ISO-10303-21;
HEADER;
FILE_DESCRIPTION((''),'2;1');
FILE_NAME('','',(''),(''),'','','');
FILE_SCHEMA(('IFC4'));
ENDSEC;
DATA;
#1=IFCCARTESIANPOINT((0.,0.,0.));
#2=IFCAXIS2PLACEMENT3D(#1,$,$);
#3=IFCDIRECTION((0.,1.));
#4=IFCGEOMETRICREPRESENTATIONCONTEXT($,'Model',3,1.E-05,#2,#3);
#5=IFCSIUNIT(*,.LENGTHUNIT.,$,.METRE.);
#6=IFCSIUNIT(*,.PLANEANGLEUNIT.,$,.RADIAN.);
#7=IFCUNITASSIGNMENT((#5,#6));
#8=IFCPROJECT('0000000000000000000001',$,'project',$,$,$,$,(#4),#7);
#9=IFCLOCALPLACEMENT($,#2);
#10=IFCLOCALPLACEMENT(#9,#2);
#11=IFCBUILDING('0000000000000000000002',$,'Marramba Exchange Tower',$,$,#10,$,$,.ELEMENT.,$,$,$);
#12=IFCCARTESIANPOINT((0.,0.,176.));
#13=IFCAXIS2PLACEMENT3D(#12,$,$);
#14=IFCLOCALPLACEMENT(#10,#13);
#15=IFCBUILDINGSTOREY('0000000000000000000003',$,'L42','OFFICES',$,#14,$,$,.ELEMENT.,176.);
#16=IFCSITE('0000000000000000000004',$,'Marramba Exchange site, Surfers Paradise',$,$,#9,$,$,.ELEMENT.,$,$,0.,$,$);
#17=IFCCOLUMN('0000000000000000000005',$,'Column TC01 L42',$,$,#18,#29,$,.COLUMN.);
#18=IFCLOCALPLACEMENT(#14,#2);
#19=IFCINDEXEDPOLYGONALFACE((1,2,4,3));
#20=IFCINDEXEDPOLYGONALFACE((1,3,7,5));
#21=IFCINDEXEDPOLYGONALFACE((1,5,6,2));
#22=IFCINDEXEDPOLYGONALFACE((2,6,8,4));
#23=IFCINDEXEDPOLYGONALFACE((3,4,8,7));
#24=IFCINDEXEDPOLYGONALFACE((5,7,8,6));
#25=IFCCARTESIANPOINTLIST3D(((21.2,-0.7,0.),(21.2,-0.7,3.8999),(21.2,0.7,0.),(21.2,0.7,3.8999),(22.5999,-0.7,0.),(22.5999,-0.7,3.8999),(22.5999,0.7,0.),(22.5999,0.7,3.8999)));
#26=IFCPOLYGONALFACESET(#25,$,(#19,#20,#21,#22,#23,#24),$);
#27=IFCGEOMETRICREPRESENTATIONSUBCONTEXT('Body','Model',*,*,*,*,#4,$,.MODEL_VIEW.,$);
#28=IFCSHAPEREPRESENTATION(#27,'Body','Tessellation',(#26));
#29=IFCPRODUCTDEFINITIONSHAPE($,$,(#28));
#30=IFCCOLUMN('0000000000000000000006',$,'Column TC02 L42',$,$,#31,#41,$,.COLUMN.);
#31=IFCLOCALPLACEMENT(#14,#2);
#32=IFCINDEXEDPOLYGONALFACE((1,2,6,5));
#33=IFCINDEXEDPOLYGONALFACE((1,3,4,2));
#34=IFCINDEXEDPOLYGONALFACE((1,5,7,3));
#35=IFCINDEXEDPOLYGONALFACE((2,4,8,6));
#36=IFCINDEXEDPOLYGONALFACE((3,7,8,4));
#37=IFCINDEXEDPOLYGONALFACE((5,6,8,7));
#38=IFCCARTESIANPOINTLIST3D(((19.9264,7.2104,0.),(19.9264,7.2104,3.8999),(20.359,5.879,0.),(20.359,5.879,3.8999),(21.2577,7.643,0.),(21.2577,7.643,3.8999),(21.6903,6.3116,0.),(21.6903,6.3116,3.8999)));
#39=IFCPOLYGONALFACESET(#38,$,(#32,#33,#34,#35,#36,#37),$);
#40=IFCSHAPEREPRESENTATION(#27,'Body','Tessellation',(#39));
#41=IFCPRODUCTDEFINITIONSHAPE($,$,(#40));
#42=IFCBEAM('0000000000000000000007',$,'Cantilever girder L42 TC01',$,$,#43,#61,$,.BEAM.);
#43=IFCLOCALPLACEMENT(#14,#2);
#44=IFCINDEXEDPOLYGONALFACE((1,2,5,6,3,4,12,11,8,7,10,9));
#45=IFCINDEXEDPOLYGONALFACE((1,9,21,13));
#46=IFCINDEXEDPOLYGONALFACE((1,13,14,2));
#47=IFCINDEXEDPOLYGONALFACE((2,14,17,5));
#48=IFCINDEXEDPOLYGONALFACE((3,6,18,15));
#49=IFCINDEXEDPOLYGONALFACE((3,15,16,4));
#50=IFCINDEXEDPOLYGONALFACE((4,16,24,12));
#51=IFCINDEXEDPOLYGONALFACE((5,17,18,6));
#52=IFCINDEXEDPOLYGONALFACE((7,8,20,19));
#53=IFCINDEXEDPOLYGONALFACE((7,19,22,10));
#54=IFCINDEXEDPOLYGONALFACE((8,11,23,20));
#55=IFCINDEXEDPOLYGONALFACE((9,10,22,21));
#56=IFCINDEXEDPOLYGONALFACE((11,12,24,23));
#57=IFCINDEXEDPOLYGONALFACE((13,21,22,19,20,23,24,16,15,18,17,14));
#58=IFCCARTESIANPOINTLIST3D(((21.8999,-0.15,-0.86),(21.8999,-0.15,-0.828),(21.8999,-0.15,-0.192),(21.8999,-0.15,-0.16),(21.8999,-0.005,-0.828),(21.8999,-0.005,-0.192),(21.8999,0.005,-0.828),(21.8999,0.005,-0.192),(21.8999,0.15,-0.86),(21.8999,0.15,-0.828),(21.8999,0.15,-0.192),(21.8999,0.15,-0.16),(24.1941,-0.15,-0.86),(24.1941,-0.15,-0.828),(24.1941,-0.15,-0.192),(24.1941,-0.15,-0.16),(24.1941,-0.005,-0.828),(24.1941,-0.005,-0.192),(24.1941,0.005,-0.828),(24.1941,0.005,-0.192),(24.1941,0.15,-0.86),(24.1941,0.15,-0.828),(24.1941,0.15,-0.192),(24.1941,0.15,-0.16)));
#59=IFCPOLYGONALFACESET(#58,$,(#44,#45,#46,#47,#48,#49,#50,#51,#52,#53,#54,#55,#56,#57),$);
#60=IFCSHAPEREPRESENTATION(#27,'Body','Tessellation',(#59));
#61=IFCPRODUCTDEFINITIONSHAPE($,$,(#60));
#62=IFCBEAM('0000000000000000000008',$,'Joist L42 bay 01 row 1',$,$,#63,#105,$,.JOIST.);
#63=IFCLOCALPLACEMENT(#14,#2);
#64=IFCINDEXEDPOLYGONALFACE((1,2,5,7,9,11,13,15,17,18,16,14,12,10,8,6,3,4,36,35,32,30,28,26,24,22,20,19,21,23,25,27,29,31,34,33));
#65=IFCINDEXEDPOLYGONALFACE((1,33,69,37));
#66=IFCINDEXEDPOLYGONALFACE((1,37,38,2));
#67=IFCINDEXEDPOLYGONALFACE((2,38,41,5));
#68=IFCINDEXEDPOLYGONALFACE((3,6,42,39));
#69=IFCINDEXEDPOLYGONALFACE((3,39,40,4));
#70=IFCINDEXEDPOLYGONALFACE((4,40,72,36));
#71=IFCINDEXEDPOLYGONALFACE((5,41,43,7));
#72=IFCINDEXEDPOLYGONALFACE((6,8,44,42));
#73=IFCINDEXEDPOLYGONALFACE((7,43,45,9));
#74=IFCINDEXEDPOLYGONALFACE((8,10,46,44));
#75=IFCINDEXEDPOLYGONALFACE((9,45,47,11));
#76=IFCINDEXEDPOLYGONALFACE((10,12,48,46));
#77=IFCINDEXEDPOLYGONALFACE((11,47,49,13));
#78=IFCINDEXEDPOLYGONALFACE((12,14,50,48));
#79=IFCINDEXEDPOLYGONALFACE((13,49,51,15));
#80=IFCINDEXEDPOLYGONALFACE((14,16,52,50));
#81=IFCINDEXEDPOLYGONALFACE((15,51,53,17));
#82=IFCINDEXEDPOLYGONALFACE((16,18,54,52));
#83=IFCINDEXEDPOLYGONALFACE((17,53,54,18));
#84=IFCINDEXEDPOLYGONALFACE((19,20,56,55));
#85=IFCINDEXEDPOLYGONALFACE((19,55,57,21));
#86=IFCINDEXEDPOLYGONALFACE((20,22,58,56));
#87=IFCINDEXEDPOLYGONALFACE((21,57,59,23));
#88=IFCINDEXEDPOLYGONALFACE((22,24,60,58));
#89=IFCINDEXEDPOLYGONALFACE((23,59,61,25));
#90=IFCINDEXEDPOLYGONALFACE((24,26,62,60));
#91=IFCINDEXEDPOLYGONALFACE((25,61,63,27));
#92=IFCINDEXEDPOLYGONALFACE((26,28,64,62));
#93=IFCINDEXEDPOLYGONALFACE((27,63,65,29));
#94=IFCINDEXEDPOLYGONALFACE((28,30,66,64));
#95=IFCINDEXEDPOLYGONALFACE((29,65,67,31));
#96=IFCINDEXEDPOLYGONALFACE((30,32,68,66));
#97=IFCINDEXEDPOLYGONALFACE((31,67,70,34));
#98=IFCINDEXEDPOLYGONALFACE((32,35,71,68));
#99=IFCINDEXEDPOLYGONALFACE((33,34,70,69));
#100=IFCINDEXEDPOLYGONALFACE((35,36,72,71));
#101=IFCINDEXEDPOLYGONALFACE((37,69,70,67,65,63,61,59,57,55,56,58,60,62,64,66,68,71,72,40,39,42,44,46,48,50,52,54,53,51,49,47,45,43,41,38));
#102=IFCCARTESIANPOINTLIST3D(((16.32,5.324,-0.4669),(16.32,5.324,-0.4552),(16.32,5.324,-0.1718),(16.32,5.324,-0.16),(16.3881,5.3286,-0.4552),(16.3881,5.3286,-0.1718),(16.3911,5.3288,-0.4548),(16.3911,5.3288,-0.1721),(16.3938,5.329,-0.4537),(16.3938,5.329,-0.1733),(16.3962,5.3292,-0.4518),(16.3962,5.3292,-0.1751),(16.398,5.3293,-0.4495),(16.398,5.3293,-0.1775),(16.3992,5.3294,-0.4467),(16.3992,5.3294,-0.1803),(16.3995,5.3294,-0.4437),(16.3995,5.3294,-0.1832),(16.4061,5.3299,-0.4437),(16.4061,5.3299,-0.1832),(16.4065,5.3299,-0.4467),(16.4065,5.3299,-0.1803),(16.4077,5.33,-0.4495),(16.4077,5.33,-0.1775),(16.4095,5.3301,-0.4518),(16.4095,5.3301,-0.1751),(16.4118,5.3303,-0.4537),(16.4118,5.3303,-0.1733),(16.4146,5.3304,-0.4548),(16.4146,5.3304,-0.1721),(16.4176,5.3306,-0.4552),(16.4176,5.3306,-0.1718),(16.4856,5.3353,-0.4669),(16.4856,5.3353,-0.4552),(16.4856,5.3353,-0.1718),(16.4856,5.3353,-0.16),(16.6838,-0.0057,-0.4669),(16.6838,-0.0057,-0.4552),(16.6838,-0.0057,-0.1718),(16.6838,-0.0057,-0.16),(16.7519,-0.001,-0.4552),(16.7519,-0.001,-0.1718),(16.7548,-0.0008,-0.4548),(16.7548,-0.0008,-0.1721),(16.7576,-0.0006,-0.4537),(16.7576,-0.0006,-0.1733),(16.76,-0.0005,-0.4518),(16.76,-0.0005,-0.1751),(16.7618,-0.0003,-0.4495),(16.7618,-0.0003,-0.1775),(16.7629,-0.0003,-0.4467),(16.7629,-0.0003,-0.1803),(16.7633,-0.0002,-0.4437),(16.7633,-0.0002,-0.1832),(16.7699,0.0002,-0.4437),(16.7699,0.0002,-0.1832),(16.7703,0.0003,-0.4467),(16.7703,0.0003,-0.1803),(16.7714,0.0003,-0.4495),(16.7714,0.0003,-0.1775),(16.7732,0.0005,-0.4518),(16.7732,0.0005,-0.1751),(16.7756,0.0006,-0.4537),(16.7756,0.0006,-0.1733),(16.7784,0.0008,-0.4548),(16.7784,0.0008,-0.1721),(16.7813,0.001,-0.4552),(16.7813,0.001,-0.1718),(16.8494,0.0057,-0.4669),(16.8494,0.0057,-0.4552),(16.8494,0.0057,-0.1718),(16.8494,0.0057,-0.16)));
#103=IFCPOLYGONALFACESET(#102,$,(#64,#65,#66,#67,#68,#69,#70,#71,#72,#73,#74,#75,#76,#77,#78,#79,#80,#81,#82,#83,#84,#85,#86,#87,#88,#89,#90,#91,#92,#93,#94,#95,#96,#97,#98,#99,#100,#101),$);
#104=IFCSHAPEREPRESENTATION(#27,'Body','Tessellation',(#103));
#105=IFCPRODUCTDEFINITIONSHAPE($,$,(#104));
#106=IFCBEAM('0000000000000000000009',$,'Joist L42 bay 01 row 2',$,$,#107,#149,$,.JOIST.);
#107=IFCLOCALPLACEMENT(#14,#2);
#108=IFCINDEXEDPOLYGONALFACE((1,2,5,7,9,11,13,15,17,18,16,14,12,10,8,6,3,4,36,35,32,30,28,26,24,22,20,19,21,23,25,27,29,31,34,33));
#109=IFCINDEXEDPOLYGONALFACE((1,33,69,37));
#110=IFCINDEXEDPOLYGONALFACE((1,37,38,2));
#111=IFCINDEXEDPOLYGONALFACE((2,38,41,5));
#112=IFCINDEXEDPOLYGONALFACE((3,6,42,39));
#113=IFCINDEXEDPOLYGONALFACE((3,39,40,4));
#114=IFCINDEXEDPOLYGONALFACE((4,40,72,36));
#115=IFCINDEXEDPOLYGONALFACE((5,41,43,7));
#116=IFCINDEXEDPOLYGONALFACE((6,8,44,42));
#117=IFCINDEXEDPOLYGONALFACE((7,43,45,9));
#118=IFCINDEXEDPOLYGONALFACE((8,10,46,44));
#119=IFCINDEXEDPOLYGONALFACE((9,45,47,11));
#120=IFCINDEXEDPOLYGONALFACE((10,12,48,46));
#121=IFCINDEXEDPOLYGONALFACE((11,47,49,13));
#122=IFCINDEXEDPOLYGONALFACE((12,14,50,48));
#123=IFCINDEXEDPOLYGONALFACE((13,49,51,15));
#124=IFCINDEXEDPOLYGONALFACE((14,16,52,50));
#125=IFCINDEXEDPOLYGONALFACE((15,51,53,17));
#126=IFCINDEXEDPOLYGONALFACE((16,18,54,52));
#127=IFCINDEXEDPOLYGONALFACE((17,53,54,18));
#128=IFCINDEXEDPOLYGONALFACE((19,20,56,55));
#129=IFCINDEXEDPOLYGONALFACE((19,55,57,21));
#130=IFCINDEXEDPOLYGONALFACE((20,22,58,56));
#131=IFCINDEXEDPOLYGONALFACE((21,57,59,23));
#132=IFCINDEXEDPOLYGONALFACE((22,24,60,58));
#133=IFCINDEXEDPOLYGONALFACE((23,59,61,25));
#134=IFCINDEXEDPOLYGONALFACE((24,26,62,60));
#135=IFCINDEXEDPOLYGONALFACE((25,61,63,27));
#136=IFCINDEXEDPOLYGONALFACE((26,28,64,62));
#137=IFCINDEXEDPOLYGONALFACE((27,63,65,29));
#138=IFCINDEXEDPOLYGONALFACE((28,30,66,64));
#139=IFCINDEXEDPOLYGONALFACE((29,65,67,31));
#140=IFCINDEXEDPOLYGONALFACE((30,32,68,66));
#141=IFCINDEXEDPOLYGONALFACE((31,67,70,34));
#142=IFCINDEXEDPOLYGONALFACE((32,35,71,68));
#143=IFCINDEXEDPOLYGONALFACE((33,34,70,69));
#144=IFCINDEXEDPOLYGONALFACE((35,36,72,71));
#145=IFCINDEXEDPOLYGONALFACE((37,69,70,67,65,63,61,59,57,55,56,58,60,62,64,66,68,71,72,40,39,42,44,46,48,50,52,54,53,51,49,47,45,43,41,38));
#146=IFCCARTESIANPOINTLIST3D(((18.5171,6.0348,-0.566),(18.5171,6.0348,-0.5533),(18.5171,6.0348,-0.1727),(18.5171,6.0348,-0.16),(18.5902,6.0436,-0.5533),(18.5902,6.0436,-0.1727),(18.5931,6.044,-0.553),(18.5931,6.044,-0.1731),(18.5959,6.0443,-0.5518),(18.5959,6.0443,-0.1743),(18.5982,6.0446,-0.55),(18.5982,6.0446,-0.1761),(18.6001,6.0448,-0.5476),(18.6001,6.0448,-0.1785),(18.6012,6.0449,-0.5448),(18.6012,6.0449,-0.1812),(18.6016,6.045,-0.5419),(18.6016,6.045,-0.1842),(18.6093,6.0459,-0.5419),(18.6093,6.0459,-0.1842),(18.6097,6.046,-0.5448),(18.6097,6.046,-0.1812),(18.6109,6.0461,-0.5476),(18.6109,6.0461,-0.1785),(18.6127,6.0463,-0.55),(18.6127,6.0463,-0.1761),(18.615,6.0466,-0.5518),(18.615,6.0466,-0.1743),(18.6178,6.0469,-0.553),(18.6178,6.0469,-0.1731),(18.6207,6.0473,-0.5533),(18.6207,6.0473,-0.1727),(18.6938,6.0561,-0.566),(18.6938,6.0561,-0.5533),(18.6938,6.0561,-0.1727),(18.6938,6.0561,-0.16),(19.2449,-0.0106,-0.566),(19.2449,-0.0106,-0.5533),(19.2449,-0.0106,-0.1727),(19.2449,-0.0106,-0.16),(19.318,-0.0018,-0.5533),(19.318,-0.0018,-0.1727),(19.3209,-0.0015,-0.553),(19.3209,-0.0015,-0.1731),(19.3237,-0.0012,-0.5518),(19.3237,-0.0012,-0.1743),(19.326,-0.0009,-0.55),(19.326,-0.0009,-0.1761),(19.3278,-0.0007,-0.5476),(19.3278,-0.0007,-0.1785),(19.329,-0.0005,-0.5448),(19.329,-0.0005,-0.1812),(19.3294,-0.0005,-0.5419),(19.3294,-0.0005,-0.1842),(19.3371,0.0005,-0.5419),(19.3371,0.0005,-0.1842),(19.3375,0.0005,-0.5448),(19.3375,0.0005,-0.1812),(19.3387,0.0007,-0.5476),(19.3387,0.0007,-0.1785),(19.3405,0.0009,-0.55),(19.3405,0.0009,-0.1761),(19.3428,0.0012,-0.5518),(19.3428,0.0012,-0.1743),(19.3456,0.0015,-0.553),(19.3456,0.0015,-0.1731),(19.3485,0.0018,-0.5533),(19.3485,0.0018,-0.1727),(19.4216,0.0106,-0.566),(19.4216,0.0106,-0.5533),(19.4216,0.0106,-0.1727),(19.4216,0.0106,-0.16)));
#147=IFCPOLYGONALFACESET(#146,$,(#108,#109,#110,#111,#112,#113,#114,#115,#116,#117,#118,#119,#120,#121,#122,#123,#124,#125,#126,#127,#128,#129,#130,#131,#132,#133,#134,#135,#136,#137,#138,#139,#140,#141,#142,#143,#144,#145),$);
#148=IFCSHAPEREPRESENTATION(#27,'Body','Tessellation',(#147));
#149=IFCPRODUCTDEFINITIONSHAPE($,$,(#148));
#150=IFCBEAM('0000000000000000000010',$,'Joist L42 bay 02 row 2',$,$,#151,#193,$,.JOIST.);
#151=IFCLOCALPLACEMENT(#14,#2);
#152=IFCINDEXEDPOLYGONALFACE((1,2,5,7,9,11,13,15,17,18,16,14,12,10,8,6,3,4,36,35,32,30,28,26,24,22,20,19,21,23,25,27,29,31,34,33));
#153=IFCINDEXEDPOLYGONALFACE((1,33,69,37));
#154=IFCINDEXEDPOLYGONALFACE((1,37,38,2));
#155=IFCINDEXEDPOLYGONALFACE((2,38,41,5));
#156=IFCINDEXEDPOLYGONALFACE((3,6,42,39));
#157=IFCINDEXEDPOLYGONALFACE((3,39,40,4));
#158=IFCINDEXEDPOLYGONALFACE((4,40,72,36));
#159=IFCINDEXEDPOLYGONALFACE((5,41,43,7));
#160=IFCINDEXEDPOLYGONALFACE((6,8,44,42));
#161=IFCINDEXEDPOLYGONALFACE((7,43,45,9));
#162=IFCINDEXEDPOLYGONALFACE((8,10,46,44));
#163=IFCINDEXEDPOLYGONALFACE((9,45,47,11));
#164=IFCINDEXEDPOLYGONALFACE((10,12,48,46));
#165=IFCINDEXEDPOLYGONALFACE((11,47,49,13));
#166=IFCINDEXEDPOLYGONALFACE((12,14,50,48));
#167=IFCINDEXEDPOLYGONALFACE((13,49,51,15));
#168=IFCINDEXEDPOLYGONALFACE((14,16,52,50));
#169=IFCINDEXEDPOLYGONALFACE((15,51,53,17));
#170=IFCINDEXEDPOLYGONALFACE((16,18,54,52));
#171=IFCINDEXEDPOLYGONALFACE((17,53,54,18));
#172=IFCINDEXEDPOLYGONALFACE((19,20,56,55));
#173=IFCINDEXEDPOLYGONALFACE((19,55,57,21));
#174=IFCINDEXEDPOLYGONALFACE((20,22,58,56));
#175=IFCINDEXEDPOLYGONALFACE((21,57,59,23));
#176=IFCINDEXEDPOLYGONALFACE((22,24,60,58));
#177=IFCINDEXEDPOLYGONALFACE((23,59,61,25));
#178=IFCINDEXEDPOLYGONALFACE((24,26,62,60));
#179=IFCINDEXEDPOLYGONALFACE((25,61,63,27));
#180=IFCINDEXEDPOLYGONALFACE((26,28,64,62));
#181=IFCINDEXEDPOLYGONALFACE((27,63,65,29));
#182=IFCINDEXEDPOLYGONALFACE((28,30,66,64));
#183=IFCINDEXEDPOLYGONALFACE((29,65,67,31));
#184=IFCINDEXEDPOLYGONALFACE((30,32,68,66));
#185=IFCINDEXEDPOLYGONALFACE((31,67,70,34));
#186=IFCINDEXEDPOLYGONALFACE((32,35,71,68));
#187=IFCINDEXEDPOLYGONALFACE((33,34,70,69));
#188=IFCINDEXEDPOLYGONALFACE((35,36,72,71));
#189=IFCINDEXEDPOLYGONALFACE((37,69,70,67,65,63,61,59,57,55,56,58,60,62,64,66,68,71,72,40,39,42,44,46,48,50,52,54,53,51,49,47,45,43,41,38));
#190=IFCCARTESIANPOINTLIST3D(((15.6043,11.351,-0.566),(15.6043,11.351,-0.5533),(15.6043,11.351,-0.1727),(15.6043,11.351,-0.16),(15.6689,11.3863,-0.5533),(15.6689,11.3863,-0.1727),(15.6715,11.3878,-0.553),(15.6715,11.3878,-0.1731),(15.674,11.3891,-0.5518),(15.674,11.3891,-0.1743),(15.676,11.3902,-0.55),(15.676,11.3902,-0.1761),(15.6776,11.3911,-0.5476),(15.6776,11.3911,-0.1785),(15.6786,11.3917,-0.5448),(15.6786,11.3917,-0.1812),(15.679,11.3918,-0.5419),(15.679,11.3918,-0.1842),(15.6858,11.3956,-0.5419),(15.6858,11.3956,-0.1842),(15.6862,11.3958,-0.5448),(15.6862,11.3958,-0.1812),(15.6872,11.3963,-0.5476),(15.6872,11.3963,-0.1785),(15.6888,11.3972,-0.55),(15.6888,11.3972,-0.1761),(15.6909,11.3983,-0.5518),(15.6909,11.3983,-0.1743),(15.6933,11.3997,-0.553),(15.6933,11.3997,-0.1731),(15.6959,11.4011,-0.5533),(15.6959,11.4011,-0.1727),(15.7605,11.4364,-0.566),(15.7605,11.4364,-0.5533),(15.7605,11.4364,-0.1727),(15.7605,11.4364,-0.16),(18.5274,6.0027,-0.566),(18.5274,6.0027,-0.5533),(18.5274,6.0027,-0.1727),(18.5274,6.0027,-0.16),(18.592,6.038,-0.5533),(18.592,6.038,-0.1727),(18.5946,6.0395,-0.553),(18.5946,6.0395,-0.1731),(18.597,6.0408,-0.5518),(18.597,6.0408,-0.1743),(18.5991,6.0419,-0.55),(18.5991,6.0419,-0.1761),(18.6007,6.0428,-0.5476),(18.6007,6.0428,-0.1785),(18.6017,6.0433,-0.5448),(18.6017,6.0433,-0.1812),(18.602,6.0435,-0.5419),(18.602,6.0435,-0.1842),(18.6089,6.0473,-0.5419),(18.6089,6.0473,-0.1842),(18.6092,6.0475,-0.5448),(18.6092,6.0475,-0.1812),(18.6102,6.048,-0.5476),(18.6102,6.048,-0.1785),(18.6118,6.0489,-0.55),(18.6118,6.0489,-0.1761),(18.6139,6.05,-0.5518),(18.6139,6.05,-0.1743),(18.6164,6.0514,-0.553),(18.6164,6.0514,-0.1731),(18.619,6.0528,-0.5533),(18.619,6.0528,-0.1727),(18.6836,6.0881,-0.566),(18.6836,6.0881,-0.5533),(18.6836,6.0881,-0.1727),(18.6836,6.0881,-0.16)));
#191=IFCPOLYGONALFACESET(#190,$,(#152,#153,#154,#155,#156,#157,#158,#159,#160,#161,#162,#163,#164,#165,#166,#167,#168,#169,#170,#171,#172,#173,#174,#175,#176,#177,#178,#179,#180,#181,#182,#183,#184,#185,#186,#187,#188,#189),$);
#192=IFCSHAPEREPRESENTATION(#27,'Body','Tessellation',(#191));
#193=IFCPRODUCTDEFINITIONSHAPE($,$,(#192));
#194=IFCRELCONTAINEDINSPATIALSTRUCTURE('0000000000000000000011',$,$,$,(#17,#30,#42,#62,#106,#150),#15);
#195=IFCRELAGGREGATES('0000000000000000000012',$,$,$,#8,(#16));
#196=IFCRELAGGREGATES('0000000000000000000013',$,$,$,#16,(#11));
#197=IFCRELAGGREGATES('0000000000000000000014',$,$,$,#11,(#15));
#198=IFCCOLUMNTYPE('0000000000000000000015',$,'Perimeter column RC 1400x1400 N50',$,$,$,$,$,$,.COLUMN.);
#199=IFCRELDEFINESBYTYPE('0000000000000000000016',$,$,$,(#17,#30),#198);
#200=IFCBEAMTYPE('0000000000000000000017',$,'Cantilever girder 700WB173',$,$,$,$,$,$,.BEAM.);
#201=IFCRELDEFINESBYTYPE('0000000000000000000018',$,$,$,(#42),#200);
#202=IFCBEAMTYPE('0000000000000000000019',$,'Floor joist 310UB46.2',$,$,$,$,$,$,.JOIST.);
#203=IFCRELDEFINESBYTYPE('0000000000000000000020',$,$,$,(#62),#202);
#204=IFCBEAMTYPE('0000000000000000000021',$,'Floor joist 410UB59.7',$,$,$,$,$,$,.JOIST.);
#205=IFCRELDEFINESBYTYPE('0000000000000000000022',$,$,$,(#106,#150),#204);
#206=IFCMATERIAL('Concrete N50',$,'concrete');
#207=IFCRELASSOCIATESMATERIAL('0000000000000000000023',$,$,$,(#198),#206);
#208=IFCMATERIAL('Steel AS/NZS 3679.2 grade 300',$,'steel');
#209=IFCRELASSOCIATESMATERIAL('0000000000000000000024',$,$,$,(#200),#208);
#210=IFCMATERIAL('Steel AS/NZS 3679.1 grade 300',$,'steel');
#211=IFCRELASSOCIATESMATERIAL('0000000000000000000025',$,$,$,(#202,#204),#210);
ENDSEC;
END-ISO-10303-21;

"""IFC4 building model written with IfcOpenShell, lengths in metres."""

from ifc_helpers import new_model, si_unit, direction, frame, origin, origin_2d, place, context, subcontext, project, spatial, rectangle, i_section, extrude, material, material_profile, profile_set, type_object, element, save


model = new_model("IFC4")

# Units and contexts
model_context = context("Model", 3, precision=1e-05, world=origin(), true_north=direction((0.0, 1.0)))
body_context = subcontext(model_context, "Body", "Model", "MODEL_VIEW")
ifc_project = project(units=[si_unit("LENGTHUNIT", "METRE"), si_unit("PLANEANGLEUNIT", "RADIAN")], contexts=[model_context])

# Site, building, storey
site_placement = place(None, origin())
site = spatial("IfcSite", under=ifc_project, at=site_placement, Name="Marramba Exchange site, Surfers Paradise", CompositionType="ELEMENT", RefElevation=0.0)
building_placement = place(site_placement, origin())
building = spatial("IfcBuilding", under=site, at=building_placement, Name="Marramba Exchange Tower", CompositionType="ELEMENT")
storey_placement = place(building_placement, frame((0.0, 0.0, 176.0)))
storey = spatial("IfcBuildingStorey", under=building, at=storey_placement, Name="L42", Description="OFFICES", CompositionType="ELEMENT", Elevation=176.0)

# Columns
ifc_material_1 = material(Name="Concrete N50", Category="concrete")
ifc_material_profile_1 = material_profile(ifc_material_1, rectangle(XDim=1.3999, YDim=1.3999, at=origin_2d()), Name="RC 1400x1400")
ifc_profile_set_1 = profile_set([ifc_material_profile_1], Name="Concrete N50")
column_type = type_object("IfcColumnType", Name="Perimeter column RC 1400x1400 N50", PredefinedType="COLUMN", material=ifc_profile_set_1)
for number, where, z_axis, x_axis, name in (
    (1, (21.8999, 0.0, 0.0), (0.0, 0.0, 1.0), (1.0, 0.0, 0.0), "Column TC01 L42"),
    (2, (20.8083, 6.761, 0.0), (0.0, 0.0, 1.0), (0.951057, 0.309017, 0.0), "Column TC02 L42"),
):
    element("IfcColumn", number, at=place(storey_placement, frame(where, z_axis=z_axis, x_axis=x_axis)), inside=storey, type_object=column_type, Name=name, PredefinedType="COLUMN", context=body_context, shape_type="SweptSolid", body=[
        extrude(rectangle(XDim=1.3999, YDim=1.3999, at=origin_2d()), origin(), (0.0, 0.0, 1.0), 3.8999),
    ])

# Beams
ifc_material_2 = material(Name="Steel AS/NZS 3679.2 grade 300", Category="steel")
ifc_material_profile_2 = material_profile(ifc_material_2, i_section(OverallWidth=0.3, OverallDepth=0.7, WebThickness=0.01, FlangeThickness=0.032, at=origin_2d()), Name="700WB173")
ifc_profile_set_2 = profile_set([ifc_material_profile_2], Name="Steel AS/NZS 3679.2 grade 300")
beam_type_1 = type_object("IfcBeamType", Name="Cantilever girder 700WB173", PredefinedType="BEAM", material=ifc_profile_set_2)
beam_1_placement = place(storey_placement, frame((21.8999, 0.0, -0.51), z_axis=(1.0, 0.0, 0.0), x_axis=(0.0, 1.0, 0.0)))
element("IfcBeam", 3, at=beam_1_placement, inside=storey, type_object=beam_type_1, Name="Cantilever girder L42 TC01", PredefinedType="BEAM", context=body_context, shape_type="SweptSolid", body=[
    extrude(i_section(OverallWidth=0.3, OverallDepth=0.7, WebThickness=0.01, FlangeThickness=0.032, at=origin_2d()), origin(), (0.0, 0.0, 1.0), 2.2942),
])
ifc_material_3 = material(Name="Steel AS/NZS 3679.1 grade 300", Category="steel")
ifc_material_profile_3 = material_profile(ifc_material_3, i_section(OverallWidth=0.166, OverallDepth=0.3069, WebThickness=0.0066, FlangeThickness=0.0117, FilletRadius=0.0115, at=origin_2d()), Name="310UB46.2")
ifc_profile_set_3 = profile_set([ifc_material_profile_3], Name="Steel AS/NZS 3679.1 grade 300")
beam_type_2 = type_object("IfcBeamType", Name="Floor joist 310UB46.2", PredefinedType="JOIST", material=ifc_profile_set_3)
beam_2_placement = place(storey_placement, frame((16.7666, 0.0, -0.3135), z_axis=(-0.068096, 0.997679, 0.0), x_axis=(-0.997679, -0.068096, 0.0)))
element("IfcBeam", 4, at=beam_2_placement, inside=storey, type_object=beam_type_2, Name="Joist L42 bay 01 row 1", PredefinedType="JOIST", context=body_context, shape_type="SweptSolid", body=[
    extrude(i_section(OverallWidth=0.166, OverallDepth=0.3069, WebThickness=0.0066, FlangeThickness=0.0117, FilletRadius=0.0115, at=origin_2d()), origin(), (0.0, 0.0, 1.0), 5.342),
])
ifc_material_profile_4 = material_profile(ifc_material_3, i_section(OverallWidth=0.178, OverallDepth=0.406, WebThickness=0.0078, FlangeThickness=0.0127, FilletRadius=0.0115, at=origin_2d()), Name="410UB59.7")
ifc_profile_set_4 = profile_set([ifc_material_profile_4], Name="Steel AS/NZS 3679.1 grade 300")
beam_type_3 = type_object("IfcBeamType", Name="Floor joist 410UB59.7", PredefinedType="JOIST", material=ifc_profile_set_4)
beam_3_placement = place(storey_placement, frame((19.3333, 0.0, -0.363), z_axis=(-0.119523, 0.992831, 0.0), x_axis=(-0.992831, -0.119523, 0.0)))
element("IfcBeam", 5, at=beam_3_placement, inside=storey, type_object=beam_type_3, Name="Joist L42 bay 01 row 2", PredefinedType="JOIST", context=body_context, shape_type="SweptSolid", body=[
    extrude(i_section(OverallWidth=0.178, OverallDepth=0.406, WebThickness=0.0078, FlangeThickness=0.0127, FilletRadius=0.0115, at=origin_2d()), origin(), (0.0, 0.0, 1.0), 6.0891),
])
beam_4_placement = place(storey_placement, frame((18.6055, 6.0454, -0.363), z_axis=(-0.479584, 0.877496, 0.0), x_axis=(-0.877496, -0.479584, 0.0)))
element("IfcBeam", 6, at=beam_4_placement, inside=storey, type_object=beam_type_3, Name="Joist L42 bay 02 row 2", PredefinedType="JOIST", context=body_context, shape_type="SweptSolid", body=[
    extrude(i_section(OverallWidth=0.178, OverallDepth=0.406, WebThickness=0.0078, FlangeThickness=0.0127, FilletRadius=0.0115, at=origin_2d()), origin(), (0.0, 0.0, 1.0), 6.095),
])

save(model, "model.ifc")
